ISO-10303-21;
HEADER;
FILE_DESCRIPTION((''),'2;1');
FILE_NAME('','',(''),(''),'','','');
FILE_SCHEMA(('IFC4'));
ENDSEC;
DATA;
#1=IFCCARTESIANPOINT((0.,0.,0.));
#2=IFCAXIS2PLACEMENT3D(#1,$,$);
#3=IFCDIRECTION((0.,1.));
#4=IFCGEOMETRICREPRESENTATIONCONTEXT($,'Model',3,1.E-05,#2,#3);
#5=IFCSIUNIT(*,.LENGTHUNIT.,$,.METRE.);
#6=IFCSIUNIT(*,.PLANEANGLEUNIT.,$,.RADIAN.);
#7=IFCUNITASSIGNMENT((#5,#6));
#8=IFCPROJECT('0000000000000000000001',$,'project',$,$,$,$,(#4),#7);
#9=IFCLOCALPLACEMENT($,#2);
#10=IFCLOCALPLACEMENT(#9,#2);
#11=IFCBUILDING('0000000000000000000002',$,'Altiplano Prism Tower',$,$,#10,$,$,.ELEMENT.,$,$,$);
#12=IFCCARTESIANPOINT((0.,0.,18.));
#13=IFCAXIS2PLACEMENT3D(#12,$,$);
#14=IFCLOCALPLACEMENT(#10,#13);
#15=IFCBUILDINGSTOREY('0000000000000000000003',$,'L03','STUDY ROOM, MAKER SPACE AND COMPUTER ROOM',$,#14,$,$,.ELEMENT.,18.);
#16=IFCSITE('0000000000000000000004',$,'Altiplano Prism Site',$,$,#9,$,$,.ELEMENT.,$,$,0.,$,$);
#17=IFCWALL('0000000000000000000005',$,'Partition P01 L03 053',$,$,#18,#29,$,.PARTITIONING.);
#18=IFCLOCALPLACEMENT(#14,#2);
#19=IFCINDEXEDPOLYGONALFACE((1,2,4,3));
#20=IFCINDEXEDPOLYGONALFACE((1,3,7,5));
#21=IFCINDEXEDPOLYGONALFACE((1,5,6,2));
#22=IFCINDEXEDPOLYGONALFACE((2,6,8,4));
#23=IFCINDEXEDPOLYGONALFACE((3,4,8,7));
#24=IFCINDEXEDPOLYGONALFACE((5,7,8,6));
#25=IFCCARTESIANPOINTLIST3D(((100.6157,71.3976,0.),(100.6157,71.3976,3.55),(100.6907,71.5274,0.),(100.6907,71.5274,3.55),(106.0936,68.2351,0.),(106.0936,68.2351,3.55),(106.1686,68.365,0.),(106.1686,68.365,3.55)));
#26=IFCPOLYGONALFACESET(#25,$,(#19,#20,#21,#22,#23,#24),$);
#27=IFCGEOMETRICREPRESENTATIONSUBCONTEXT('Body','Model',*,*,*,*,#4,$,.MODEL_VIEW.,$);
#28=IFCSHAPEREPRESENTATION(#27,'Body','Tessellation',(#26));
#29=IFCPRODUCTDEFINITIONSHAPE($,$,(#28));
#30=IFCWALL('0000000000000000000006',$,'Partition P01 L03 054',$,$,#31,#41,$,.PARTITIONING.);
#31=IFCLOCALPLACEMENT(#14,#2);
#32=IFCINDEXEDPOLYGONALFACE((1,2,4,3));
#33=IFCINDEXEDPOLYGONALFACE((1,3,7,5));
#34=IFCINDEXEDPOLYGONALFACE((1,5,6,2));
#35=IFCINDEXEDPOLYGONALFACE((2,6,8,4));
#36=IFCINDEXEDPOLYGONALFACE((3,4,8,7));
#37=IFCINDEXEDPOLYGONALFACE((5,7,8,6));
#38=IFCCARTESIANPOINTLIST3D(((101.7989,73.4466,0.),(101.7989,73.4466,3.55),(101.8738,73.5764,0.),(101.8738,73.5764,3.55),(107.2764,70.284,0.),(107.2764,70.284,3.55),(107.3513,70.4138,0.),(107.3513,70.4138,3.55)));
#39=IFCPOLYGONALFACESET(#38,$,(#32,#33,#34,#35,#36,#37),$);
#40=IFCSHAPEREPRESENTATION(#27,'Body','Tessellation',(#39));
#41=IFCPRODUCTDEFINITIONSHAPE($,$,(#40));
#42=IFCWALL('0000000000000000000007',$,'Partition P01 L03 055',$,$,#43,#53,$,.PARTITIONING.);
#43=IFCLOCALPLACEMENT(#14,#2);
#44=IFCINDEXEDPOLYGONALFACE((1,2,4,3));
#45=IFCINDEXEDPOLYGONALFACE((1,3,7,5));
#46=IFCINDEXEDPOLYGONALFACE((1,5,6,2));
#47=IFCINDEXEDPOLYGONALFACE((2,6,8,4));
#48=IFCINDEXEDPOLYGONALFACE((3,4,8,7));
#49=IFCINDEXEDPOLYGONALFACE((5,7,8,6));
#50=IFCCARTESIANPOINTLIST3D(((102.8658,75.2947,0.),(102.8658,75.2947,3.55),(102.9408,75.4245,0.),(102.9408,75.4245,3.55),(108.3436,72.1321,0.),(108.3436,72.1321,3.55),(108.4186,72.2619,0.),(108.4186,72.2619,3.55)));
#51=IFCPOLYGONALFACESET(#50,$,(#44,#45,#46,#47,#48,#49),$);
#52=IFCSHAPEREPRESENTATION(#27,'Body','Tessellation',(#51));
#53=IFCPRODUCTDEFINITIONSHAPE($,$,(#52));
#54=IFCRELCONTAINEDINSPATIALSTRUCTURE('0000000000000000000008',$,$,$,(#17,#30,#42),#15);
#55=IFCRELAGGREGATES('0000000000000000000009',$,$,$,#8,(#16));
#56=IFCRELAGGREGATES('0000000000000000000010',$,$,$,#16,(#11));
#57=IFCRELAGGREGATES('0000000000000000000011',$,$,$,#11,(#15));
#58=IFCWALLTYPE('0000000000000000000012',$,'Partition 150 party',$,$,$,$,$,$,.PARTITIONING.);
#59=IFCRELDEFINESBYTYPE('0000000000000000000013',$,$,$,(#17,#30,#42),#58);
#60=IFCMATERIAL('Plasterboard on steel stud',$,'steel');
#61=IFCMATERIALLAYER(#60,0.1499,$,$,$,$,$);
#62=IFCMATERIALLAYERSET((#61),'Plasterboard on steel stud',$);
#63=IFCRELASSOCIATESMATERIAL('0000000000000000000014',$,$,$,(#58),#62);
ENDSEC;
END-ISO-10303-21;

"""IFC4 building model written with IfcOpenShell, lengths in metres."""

from ifc_helpers import new_model, si_unit, direction, frame, frame_2d, origin, place, context, subcontext, project, spatial, rectangle, extrude, material, layer, layer_set, type_object, element, save


model = new_model("IFC4")

# Units and contexts
model_context = context("Model", 3, precision=1e-05, world=origin(), true_north=direction((0.0, 1.0)))
body_context = subcontext(model_context, "Body", "Model", "MODEL_VIEW")
ifc_project = project(units=[si_unit("LENGTHUNIT", "METRE"), si_unit("PLANEANGLEUNIT", "RADIAN")], contexts=[model_context])

# Site, building, storey
site_placement = place(None, origin())
site = spatial("IfcSite", under=ifc_project, at=site_placement, Name="Altiplano Prism Site", CompositionType="ELEMENT", RefElevation=0.0)
building_placement = place(site_placement, origin())
building = spatial("IfcBuilding", under=site, at=building_placement, Name="Altiplano Prism Tower", CompositionType="ELEMENT")
storey_placement = place(building_placement, frame((0.0, 0.0, 18.0)))
storey = spatial("IfcBuildingStorey", under=building, at=storey_placement, Name="L03", Description="STUDY ROOM, MAKER SPACE AND COMPUTER ROOM", CompositionType="ELEMENT", Elevation=18.0)

# Shared definitions
ifc_material_1 = material(Name="Plasterboard on steel stud", Category="steel")

# Walls
ifc_layer_1 = layer(ifc_material_1, 0.1499)
ifc_layer_set_1 = layer_set([ifc_layer_1], Name="Plasterboard on steel stud")
wall_type_1 = type_object("IfcWallType", Name="Partition 150 party", PredefinedType="PARTITIONING", material=ifc_layer_set_1)
for number, where, z_axis, x_axis, name in (
    (1, (106.1311, 68.3, 0.0), (0.0, 0.0, 1.0), (-0.866042, 0.499971, 0.0), "Partition P01 L03 053"),
):
    element("IfcWall", number, at=place(storey_placement, frame(where, z_axis=z_axis, x_axis=x_axis)), inside=storey, type_object=wall_type_1, Name=name, PredefinedType="PARTITIONING", context=body_context, shape_type="SweptSolid", body=[
        extrude(rectangle(XDim=6.3252, YDim=0.1499, at=frame_2d((3.1626, 0.0))), origin(), (0.0, 0.0, 1.0), 3.55),
    ])
wall_1_placement = place(storey_placement, frame((107.314, 70.3489, 0.0), z_axis=(0.0, 0.0, 1.0), x_axis=(-0.866016, 0.500016, 0.0)))
element("IfcWall", 2, at=wall_1_placement, inside=storey, type_object=wall_type_1, Name="Partition P01 L03 054", PredefinedType="PARTITIONING", context=body_context, shape_type="SweptSolid", body=[
    extrude(rectangle(XDim=6.325, YDim=0.1499, at=frame_2d((3.1626, 0.0))), origin(), (0.0, 0.0, 1.0), 3.55),
])
wall_2_placement = place(storey_placement, frame((108.3811, 72.197, 0.0), z_axis=(0.0, 0.0, 1.0), x_axis=(-0.866026, 0.5, 0.0)))
element("IfcWall", 3, at=wall_2_placement, inside=storey, type_object=wall_type_1, Name="Partition P01 L03 055", PredefinedType="PARTITIONING", context=body_context, shape_type="SweptSolid", body=[
    extrude(rectangle(XDim=6.3252, YDim=0.1499, at=frame_2d((3.1626, 0.0))), origin(), (0.0, 0.0, 1.0), 3.55),
])

save(model, "model.ifc")
